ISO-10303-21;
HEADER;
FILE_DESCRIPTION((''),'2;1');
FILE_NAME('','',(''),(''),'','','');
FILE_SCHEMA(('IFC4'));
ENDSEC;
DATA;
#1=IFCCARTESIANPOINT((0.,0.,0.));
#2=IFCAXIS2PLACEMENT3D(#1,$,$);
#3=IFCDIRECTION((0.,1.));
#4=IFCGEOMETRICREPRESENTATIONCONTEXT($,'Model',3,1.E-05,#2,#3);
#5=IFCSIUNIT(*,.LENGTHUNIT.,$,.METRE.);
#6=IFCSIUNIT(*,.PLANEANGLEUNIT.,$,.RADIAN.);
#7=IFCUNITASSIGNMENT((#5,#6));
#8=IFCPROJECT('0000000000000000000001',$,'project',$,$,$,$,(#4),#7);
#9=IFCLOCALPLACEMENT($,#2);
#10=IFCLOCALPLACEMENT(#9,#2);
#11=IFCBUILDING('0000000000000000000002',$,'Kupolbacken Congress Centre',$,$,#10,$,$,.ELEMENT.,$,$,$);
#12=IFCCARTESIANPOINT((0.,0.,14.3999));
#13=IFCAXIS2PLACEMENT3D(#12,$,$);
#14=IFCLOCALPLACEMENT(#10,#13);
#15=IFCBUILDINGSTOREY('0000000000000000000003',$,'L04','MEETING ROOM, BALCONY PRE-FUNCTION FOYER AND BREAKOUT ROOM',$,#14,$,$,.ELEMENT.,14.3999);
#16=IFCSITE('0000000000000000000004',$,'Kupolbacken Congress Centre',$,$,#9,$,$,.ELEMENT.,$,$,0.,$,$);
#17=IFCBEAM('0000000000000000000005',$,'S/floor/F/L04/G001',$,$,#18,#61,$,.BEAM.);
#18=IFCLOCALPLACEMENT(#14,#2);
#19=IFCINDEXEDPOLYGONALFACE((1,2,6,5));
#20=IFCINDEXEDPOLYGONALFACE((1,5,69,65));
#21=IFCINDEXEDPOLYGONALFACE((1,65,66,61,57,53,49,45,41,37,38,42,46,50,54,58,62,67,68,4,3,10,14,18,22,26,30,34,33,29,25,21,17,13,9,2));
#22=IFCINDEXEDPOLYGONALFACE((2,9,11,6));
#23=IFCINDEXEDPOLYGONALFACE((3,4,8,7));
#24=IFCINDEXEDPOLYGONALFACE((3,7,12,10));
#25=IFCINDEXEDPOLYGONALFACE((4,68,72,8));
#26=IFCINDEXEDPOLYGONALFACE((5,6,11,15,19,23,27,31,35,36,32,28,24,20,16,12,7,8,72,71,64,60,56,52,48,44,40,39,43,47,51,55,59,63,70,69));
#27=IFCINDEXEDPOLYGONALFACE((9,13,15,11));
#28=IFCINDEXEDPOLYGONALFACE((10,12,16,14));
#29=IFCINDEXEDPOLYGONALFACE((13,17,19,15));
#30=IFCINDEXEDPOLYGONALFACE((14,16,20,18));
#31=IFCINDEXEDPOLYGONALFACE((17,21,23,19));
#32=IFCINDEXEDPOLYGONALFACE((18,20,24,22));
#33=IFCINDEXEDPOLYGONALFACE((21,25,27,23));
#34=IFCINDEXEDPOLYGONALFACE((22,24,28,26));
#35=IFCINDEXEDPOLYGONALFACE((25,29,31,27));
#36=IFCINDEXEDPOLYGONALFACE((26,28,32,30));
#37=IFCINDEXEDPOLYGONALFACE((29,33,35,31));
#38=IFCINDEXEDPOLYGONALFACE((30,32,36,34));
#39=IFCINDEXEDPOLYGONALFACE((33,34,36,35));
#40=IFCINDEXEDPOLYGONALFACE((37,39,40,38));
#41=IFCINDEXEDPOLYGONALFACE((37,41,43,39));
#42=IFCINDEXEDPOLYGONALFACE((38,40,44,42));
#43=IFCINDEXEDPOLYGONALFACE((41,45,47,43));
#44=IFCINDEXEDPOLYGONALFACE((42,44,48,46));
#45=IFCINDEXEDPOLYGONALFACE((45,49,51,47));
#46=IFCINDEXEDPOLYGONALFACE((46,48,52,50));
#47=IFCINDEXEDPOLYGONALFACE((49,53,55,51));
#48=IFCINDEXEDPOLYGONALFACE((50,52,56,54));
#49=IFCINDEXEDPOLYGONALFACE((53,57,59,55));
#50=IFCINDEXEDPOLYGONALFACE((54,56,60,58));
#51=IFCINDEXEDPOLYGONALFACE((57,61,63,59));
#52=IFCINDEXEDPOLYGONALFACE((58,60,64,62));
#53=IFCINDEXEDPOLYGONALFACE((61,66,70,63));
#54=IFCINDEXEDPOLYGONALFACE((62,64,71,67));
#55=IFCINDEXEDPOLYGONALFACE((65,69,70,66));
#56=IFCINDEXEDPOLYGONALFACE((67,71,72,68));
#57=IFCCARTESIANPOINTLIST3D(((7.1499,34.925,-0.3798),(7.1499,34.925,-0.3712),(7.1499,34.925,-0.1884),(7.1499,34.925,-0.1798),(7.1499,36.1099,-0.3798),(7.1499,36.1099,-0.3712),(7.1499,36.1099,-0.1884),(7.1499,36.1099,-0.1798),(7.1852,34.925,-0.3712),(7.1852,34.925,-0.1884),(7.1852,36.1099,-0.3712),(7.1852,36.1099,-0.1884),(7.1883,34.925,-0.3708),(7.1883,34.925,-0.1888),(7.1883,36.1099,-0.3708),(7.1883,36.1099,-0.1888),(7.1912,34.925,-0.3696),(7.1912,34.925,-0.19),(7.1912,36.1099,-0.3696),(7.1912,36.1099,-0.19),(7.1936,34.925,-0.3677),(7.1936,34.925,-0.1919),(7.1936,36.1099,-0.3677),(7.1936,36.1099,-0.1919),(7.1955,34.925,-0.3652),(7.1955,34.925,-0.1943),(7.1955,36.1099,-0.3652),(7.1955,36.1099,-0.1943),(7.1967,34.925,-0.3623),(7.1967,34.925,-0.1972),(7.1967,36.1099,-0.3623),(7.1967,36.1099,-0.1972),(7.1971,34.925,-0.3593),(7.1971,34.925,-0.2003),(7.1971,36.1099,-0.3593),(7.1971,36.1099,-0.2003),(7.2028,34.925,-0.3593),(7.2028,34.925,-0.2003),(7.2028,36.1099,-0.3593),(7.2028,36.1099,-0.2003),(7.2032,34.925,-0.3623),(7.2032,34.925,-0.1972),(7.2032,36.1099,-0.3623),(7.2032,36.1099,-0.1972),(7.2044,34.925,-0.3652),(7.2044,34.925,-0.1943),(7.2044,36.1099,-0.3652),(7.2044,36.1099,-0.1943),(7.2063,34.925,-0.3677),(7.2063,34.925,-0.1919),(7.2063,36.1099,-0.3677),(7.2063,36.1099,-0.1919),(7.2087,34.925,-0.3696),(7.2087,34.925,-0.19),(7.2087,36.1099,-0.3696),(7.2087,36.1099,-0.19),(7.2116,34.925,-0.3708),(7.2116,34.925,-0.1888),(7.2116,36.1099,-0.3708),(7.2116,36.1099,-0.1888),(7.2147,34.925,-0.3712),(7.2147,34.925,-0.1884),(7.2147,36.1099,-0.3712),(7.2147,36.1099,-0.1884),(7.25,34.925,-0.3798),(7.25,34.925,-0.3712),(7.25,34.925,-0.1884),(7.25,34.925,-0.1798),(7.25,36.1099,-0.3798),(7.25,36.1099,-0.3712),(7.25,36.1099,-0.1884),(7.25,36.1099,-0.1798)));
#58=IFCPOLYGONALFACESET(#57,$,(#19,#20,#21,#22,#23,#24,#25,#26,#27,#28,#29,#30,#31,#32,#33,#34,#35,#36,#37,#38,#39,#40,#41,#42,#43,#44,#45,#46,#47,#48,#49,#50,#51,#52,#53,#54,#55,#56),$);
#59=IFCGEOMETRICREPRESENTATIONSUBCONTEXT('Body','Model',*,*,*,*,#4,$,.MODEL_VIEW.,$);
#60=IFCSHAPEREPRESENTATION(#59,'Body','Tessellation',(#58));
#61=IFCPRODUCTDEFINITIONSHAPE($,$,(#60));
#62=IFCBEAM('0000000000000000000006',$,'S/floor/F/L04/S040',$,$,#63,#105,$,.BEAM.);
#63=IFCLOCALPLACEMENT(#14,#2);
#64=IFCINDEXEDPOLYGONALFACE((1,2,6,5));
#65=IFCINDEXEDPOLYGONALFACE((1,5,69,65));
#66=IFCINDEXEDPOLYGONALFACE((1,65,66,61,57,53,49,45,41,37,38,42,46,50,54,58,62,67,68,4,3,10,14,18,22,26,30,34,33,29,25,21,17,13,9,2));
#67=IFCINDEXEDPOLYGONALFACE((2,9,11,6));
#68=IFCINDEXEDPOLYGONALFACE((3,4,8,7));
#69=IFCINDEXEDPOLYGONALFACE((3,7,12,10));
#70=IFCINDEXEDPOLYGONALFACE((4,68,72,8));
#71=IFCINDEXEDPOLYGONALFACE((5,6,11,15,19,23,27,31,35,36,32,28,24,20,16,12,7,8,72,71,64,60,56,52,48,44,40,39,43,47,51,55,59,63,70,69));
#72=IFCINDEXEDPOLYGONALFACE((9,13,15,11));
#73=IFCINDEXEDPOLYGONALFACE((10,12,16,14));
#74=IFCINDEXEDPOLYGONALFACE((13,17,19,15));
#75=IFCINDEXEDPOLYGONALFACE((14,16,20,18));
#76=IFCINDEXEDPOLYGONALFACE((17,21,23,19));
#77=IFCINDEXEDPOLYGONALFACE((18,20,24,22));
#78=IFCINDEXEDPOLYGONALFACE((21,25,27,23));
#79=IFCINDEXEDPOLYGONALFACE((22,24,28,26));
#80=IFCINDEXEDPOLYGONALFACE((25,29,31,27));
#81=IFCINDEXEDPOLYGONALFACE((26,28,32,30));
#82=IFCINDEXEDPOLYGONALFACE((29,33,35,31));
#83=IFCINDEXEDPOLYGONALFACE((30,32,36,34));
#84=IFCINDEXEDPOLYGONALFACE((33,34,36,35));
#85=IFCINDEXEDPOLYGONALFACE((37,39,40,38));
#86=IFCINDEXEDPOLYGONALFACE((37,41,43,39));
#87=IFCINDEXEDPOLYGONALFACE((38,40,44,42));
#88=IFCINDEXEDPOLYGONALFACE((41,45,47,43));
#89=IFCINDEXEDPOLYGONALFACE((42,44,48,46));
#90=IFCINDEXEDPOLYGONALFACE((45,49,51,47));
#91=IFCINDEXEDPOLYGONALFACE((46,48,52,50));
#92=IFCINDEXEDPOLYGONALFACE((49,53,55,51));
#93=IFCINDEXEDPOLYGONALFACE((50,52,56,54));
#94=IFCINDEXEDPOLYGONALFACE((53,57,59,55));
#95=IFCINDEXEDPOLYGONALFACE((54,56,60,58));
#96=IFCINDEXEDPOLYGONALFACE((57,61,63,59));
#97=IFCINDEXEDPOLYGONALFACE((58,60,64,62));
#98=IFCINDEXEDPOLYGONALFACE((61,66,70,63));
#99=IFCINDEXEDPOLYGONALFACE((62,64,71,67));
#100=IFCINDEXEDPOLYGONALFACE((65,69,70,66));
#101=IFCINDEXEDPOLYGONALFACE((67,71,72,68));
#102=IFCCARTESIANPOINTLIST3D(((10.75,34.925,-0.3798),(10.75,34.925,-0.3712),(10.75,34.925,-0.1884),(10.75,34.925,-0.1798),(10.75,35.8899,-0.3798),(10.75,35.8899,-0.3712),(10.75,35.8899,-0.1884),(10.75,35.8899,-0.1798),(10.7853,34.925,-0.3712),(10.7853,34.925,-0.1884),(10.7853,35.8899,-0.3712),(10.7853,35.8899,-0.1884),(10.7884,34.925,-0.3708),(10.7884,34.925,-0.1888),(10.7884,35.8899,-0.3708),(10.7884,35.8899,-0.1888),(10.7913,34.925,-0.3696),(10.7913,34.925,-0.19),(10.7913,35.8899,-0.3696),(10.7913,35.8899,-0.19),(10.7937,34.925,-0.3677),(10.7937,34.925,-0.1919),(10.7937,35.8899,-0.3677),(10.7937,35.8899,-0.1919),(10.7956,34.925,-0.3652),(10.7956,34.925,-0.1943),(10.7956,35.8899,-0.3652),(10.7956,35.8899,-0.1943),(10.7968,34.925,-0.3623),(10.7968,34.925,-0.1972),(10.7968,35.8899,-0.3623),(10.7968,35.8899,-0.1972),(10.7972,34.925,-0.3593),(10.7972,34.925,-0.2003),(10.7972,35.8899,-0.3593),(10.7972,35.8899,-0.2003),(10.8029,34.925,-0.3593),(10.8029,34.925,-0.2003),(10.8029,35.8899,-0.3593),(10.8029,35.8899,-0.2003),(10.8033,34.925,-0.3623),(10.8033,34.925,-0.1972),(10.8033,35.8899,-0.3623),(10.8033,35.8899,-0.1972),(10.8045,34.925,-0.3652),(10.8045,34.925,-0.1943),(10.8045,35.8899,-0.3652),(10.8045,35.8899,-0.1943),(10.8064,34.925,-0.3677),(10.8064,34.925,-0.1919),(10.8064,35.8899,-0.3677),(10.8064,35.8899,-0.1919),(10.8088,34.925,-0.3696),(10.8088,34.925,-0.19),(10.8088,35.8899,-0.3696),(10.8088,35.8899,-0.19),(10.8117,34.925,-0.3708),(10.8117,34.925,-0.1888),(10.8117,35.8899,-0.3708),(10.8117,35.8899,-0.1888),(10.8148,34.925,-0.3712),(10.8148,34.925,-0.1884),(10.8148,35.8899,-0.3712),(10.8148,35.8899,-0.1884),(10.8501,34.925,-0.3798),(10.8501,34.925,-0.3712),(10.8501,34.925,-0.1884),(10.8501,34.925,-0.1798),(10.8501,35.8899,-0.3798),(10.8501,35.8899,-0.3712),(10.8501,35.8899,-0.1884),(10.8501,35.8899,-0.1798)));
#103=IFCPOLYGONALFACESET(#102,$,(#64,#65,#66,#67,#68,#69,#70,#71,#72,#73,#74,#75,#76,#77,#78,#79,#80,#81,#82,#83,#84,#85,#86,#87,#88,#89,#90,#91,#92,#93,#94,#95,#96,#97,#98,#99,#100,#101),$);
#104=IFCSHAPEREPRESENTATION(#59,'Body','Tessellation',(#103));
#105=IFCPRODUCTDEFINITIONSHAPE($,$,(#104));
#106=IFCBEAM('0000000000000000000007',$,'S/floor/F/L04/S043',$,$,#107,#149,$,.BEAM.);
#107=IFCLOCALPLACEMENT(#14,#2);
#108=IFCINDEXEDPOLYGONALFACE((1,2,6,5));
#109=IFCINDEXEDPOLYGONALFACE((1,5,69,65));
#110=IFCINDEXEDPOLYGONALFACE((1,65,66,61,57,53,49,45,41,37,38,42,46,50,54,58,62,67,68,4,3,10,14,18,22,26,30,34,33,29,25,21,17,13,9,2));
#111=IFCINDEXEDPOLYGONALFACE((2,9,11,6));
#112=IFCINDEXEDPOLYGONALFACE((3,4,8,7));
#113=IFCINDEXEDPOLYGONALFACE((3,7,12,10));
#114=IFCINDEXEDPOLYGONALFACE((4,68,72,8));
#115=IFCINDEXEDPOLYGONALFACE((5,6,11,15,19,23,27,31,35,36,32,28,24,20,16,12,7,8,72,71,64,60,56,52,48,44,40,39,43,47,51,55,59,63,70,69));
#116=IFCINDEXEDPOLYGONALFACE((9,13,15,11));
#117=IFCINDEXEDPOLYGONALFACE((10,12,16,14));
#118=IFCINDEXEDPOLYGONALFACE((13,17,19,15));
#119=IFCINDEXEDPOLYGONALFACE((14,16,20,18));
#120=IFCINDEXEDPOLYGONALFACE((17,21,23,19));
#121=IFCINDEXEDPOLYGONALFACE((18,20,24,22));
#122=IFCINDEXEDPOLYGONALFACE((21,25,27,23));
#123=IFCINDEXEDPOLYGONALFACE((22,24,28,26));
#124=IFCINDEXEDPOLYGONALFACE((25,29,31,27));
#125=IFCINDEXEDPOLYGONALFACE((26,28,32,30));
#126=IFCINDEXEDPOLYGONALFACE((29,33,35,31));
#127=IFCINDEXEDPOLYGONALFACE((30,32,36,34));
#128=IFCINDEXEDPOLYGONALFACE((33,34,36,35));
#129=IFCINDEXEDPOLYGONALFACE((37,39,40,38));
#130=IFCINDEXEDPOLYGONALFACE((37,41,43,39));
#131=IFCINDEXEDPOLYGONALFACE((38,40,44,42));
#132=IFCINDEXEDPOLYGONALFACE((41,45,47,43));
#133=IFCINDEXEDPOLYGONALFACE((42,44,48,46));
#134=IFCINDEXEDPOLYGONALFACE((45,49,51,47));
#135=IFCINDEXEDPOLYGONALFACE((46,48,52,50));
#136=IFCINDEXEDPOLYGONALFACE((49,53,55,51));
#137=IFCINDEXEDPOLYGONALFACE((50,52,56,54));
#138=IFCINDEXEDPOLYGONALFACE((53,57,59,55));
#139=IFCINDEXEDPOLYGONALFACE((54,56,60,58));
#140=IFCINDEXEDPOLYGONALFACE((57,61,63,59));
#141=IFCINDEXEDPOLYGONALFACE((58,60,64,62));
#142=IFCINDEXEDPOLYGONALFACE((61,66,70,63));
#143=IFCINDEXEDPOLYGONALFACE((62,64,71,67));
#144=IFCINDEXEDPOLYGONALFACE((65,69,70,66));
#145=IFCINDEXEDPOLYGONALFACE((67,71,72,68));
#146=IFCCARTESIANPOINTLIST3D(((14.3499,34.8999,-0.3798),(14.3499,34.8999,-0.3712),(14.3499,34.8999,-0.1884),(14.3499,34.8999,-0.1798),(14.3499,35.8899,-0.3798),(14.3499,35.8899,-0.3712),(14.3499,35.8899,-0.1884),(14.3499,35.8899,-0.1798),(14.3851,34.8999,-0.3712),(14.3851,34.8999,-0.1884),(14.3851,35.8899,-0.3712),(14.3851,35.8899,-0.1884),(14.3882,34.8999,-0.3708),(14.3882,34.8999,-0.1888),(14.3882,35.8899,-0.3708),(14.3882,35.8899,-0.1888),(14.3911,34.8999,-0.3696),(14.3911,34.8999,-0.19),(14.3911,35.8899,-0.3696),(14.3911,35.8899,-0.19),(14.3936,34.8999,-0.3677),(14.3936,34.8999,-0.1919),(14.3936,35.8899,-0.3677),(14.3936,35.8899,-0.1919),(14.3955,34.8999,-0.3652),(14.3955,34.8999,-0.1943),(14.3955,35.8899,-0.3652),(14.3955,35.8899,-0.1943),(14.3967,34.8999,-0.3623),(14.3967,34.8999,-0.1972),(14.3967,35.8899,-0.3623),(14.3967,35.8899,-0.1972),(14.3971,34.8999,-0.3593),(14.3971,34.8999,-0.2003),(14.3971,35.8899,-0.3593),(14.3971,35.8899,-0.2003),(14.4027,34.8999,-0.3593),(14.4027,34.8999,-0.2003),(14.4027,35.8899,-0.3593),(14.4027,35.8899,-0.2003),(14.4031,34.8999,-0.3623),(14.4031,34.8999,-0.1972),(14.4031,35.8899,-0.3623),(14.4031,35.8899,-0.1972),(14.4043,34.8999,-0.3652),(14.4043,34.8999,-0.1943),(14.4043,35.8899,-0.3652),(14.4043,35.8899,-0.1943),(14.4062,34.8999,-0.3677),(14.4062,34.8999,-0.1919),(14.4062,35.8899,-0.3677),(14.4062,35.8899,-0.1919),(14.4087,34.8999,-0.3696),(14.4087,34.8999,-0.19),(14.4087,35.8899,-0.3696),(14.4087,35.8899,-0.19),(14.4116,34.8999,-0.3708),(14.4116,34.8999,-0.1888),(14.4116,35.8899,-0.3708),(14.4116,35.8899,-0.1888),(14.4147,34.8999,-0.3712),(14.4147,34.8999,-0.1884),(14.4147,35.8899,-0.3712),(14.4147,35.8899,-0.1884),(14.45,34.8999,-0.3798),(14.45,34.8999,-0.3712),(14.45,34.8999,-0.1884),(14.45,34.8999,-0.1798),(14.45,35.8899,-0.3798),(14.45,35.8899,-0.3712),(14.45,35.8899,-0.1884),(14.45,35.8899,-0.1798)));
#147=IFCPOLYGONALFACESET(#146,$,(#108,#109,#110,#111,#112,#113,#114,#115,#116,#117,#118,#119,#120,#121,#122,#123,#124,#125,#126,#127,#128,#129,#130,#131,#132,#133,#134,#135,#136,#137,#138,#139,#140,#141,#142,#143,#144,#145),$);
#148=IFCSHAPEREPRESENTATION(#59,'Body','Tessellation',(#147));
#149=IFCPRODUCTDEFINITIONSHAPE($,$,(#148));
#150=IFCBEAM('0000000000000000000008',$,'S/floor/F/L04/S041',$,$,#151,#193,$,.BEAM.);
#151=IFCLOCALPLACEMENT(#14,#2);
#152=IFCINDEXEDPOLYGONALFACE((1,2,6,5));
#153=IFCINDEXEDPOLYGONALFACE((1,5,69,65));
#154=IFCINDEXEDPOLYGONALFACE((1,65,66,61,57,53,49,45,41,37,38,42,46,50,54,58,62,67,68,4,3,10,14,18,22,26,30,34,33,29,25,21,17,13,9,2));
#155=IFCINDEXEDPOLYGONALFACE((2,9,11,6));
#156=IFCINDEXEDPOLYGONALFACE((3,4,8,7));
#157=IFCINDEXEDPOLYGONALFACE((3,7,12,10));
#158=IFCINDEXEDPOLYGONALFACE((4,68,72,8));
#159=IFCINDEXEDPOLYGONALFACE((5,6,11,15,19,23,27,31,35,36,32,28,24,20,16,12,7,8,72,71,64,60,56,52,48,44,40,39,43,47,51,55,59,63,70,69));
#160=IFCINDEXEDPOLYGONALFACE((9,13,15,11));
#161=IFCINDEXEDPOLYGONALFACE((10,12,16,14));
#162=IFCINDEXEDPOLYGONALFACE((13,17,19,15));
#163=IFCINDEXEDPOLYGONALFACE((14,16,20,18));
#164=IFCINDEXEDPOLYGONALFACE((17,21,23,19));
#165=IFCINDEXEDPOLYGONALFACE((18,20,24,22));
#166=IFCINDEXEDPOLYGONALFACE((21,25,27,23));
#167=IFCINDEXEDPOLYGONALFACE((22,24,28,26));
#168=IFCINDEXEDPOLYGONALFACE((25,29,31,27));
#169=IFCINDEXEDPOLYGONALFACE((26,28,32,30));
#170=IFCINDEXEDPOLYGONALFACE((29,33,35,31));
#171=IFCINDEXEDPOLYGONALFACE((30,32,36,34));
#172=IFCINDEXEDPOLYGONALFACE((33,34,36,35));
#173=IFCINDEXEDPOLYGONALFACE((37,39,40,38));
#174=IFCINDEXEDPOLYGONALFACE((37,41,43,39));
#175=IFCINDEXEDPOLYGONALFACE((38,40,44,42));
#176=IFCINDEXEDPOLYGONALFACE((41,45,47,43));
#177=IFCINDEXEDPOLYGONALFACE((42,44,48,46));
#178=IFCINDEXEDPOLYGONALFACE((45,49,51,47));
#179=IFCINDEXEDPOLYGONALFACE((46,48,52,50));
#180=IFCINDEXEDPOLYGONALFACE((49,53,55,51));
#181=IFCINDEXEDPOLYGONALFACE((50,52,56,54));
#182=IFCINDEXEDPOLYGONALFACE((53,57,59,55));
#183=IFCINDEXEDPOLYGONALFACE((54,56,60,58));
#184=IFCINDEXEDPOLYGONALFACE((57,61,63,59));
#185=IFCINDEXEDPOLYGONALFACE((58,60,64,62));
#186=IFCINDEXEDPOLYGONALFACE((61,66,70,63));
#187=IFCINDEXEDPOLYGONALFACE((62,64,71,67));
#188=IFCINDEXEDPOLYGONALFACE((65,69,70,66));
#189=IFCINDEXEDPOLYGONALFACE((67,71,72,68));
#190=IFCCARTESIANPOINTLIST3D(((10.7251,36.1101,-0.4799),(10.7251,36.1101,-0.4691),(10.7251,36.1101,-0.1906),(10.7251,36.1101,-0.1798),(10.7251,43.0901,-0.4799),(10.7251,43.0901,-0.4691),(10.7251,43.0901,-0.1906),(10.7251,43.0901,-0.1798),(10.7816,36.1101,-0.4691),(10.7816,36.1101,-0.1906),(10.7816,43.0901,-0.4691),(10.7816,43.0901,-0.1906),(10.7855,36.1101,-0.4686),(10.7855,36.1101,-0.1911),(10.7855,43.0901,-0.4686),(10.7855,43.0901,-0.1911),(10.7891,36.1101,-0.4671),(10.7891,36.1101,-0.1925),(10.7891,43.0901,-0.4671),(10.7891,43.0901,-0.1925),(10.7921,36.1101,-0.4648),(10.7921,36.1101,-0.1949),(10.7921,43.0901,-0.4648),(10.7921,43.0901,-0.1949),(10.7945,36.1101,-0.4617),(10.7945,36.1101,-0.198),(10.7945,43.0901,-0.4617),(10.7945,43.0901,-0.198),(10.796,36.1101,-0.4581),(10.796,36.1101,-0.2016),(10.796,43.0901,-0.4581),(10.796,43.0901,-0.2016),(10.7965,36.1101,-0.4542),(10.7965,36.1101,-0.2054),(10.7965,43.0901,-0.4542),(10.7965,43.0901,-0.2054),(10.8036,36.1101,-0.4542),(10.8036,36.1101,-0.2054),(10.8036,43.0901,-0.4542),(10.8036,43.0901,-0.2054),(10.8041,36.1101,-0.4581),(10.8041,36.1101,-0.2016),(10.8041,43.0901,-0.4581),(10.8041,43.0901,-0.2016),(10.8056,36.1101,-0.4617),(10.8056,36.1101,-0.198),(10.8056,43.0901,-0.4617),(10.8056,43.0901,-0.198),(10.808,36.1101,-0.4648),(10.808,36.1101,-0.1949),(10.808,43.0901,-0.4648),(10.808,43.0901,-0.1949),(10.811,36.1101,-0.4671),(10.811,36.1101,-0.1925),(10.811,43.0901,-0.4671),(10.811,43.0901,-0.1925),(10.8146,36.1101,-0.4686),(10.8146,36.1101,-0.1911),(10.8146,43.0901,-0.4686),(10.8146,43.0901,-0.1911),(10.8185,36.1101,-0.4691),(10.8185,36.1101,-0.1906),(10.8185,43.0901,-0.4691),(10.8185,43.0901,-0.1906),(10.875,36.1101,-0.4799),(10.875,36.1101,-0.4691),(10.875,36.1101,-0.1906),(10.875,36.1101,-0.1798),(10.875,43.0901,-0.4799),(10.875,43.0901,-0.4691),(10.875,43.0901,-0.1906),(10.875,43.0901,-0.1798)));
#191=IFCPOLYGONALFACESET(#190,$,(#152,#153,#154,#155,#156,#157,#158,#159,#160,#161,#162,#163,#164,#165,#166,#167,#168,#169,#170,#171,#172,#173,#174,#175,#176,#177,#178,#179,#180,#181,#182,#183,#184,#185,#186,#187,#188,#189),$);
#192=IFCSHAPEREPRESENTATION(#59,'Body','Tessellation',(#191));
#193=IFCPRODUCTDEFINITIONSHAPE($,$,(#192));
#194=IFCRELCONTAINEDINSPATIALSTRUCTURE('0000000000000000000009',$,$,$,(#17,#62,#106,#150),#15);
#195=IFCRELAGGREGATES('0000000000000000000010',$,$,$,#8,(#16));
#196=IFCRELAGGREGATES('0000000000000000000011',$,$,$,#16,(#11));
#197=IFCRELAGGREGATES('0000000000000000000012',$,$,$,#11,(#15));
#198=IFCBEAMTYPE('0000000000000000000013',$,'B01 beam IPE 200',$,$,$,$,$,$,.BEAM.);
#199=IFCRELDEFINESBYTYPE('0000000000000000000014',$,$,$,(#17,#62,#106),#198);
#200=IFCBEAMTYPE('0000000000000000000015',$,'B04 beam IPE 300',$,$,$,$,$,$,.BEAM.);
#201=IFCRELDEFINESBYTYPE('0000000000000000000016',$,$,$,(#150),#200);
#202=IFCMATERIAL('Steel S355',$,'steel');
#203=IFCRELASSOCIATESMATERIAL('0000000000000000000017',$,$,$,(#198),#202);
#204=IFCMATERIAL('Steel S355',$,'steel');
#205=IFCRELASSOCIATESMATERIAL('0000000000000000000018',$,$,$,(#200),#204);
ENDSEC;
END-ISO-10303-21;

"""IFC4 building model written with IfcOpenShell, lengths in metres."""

from ifc_helpers import new_model, si_unit, direction, frame, origin, origin_2d, place, context, subcontext, project, spatial, i_section, extrude, material, material_profile, profile_set, type_object, element, save


model = new_model("IFC4")

# Units and contexts
model_context = context("Model", 3, precision=1e-05, world=origin(), true_north=direction((0.0, 1.0)))
body_context = subcontext(model_context, "Body", "Model", "MODEL_VIEW")
ifc_project = project(units=[si_unit("LENGTHUNIT", "METRE"), si_unit("PLANEANGLEUNIT", "RADIAN")], contexts=[model_context])

# Site, building, storey
site_placement = place(None, origin())
site = spatial("IfcSite", under=ifc_project, at=site_placement, Name="Kupolbacken Congress Centre", CompositionType="ELEMENT", RefElevation=0.0)
building_placement = place(site_placement, origin())
building = spatial("IfcBuilding", under=site, at=building_placement, Name="Kupolbacken Congress Centre", CompositionType="ELEMENT")
storey_placement = place(building_placement, frame((0.0, 0.0, 14.3999)))
storey = spatial("IfcBuildingStorey", under=building, at=storey_placement, Name="L04", Description="MEETING ROOM, BALCONY PRE-FUNCTION FOYER AND BREAKOUT ROOM", CompositionType="ELEMENT", Elevation=14.3999)

# Beams
ifc_material_1 = material(Name="Steel S355", Category="steel")
ifc_material_profile_1 = material_profile(ifc_material_1, i_section(OverallWidth=0.1001, OverallDepth=0.2, WebThickness=0.0056, FlangeThickness=0.0085, FilletRadius=0.012, at=origin_2d()), Name="IPE 200")
ifc_profile_set_1 = profile_set([ifc_material_profile_1], Name="Steel S355")
beam_type_1 = type_object("IfcBeamType", Name="B01 beam IPE 200", PredefinedType="BEAM", material=ifc_profile_set_1)
beam_1_placement = place(storey_placement, frame((7.2, 34.925, -0.2798), z_axis=(0.0, 1.0, 0.0), x_axis=(-1.0, 0.0, 0.0)))
element("IfcBeam", 1, at=beam_1_placement, inside=storey, type_object=beam_type_1, Name="S/floor/F/L04/G001", PredefinedType="BEAM", context=body_context, shape_type="SweptSolid", body=[
    extrude(i_section(OverallWidth=0.1001, OverallDepth=0.2, WebThickness=0.0056, FlangeThickness=0.0085, FilletRadius=0.012, at=origin_2d()), origin(), (0.0, 0.0, 1.0), 1.1848),
])
beam_2_placement = place(storey_placement, frame((10.8, 34.925, -0.2798), z_axis=(0.0, 1.0, 0.0), x_axis=(-1.0, 0.0, 0.0)))
element("IfcBeam", 2, at=beam_2_placement, inside=storey, type_object=beam_type_1, Name="S/floor/F/L04/S040", PredefinedType="BEAM", context=body_context, shape_type="SweptSolid", body=[
    extrude(i_section(OverallWidth=0.1001, OverallDepth=0.2, WebThickness=0.0056, FlangeThickness=0.0085, FilletRadius=0.012, at=origin_2d()), origin(), (0.0, 0.0, 1.0), 0.9648),
])
beam_3_placement = place(storey_placement, frame((14.3999, 34.8999, -0.2798), z_axis=(0.0, 1.0, 0.0), x_axis=(-1.0, 0.0, 0.0)))
element("IfcBeam", 3, at=beam_3_placement, inside=storey, type_object=beam_type_1, Name="S/floor/F/L04/S043", PredefinedType="BEAM", context=body_context, shape_type="SweptSolid", body=[
    extrude(i_section(OverallWidth=0.1001, OverallDepth=0.2, WebThickness=0.0056, FlangeThickness=0.0085, FilletRadius=0.012, at=origin_2d()), origin(), (0.0, 0.0, 1.0), 0.99),
])
ifc_material_2 = material(Name="Steel S355", Category="steel")
ifc_material_profile_2 = material_profile(ifc_material_2, i_section(OverallWidth=0.1499, OverallDepth=0.3, WebThickness=0.0071, FlangeThickness=0.0107, FilletRadius=0.0149, at=origin_2d()), Name="IPE 300")
ifc_profile_set_2 = profile_set([ifc_material_profile_2], Name="Steel S355")
beam_type_2 = type_object("IfcBeamType", Name="B04 beam IPE 300", PredefinedType="BEAM", material=ifc_profile_set_2)
for number, where, z_axis, x_axis, name in (
    (4, (10.8, 36.1101, -0.3298), (0.0, 1.0, 0.0), (-1.0, 0.0, 0.0), "S/floor/F/L04/S041"),
):
    element("IfcBeam", number, at=place(storey_placement, frame(where, z_axis=z_axis, x_axis=x_axis)), inside=storey, type_object=beam_type_2, Name=name, PredefinedType="BEAM", context=body_context, shape_type="SweptSolid", body=[
        extrude(i_section(OverallWidth=0.1499, OverallDepth=0.3, WebThickness=0.0071, FlangeThickness=0.0107, FilletRadius=0.0149, at=origin_2d()), origin(), (0.0, 0.0, 1.0), 6.98),
    ])

save(model, "model.ifc")
